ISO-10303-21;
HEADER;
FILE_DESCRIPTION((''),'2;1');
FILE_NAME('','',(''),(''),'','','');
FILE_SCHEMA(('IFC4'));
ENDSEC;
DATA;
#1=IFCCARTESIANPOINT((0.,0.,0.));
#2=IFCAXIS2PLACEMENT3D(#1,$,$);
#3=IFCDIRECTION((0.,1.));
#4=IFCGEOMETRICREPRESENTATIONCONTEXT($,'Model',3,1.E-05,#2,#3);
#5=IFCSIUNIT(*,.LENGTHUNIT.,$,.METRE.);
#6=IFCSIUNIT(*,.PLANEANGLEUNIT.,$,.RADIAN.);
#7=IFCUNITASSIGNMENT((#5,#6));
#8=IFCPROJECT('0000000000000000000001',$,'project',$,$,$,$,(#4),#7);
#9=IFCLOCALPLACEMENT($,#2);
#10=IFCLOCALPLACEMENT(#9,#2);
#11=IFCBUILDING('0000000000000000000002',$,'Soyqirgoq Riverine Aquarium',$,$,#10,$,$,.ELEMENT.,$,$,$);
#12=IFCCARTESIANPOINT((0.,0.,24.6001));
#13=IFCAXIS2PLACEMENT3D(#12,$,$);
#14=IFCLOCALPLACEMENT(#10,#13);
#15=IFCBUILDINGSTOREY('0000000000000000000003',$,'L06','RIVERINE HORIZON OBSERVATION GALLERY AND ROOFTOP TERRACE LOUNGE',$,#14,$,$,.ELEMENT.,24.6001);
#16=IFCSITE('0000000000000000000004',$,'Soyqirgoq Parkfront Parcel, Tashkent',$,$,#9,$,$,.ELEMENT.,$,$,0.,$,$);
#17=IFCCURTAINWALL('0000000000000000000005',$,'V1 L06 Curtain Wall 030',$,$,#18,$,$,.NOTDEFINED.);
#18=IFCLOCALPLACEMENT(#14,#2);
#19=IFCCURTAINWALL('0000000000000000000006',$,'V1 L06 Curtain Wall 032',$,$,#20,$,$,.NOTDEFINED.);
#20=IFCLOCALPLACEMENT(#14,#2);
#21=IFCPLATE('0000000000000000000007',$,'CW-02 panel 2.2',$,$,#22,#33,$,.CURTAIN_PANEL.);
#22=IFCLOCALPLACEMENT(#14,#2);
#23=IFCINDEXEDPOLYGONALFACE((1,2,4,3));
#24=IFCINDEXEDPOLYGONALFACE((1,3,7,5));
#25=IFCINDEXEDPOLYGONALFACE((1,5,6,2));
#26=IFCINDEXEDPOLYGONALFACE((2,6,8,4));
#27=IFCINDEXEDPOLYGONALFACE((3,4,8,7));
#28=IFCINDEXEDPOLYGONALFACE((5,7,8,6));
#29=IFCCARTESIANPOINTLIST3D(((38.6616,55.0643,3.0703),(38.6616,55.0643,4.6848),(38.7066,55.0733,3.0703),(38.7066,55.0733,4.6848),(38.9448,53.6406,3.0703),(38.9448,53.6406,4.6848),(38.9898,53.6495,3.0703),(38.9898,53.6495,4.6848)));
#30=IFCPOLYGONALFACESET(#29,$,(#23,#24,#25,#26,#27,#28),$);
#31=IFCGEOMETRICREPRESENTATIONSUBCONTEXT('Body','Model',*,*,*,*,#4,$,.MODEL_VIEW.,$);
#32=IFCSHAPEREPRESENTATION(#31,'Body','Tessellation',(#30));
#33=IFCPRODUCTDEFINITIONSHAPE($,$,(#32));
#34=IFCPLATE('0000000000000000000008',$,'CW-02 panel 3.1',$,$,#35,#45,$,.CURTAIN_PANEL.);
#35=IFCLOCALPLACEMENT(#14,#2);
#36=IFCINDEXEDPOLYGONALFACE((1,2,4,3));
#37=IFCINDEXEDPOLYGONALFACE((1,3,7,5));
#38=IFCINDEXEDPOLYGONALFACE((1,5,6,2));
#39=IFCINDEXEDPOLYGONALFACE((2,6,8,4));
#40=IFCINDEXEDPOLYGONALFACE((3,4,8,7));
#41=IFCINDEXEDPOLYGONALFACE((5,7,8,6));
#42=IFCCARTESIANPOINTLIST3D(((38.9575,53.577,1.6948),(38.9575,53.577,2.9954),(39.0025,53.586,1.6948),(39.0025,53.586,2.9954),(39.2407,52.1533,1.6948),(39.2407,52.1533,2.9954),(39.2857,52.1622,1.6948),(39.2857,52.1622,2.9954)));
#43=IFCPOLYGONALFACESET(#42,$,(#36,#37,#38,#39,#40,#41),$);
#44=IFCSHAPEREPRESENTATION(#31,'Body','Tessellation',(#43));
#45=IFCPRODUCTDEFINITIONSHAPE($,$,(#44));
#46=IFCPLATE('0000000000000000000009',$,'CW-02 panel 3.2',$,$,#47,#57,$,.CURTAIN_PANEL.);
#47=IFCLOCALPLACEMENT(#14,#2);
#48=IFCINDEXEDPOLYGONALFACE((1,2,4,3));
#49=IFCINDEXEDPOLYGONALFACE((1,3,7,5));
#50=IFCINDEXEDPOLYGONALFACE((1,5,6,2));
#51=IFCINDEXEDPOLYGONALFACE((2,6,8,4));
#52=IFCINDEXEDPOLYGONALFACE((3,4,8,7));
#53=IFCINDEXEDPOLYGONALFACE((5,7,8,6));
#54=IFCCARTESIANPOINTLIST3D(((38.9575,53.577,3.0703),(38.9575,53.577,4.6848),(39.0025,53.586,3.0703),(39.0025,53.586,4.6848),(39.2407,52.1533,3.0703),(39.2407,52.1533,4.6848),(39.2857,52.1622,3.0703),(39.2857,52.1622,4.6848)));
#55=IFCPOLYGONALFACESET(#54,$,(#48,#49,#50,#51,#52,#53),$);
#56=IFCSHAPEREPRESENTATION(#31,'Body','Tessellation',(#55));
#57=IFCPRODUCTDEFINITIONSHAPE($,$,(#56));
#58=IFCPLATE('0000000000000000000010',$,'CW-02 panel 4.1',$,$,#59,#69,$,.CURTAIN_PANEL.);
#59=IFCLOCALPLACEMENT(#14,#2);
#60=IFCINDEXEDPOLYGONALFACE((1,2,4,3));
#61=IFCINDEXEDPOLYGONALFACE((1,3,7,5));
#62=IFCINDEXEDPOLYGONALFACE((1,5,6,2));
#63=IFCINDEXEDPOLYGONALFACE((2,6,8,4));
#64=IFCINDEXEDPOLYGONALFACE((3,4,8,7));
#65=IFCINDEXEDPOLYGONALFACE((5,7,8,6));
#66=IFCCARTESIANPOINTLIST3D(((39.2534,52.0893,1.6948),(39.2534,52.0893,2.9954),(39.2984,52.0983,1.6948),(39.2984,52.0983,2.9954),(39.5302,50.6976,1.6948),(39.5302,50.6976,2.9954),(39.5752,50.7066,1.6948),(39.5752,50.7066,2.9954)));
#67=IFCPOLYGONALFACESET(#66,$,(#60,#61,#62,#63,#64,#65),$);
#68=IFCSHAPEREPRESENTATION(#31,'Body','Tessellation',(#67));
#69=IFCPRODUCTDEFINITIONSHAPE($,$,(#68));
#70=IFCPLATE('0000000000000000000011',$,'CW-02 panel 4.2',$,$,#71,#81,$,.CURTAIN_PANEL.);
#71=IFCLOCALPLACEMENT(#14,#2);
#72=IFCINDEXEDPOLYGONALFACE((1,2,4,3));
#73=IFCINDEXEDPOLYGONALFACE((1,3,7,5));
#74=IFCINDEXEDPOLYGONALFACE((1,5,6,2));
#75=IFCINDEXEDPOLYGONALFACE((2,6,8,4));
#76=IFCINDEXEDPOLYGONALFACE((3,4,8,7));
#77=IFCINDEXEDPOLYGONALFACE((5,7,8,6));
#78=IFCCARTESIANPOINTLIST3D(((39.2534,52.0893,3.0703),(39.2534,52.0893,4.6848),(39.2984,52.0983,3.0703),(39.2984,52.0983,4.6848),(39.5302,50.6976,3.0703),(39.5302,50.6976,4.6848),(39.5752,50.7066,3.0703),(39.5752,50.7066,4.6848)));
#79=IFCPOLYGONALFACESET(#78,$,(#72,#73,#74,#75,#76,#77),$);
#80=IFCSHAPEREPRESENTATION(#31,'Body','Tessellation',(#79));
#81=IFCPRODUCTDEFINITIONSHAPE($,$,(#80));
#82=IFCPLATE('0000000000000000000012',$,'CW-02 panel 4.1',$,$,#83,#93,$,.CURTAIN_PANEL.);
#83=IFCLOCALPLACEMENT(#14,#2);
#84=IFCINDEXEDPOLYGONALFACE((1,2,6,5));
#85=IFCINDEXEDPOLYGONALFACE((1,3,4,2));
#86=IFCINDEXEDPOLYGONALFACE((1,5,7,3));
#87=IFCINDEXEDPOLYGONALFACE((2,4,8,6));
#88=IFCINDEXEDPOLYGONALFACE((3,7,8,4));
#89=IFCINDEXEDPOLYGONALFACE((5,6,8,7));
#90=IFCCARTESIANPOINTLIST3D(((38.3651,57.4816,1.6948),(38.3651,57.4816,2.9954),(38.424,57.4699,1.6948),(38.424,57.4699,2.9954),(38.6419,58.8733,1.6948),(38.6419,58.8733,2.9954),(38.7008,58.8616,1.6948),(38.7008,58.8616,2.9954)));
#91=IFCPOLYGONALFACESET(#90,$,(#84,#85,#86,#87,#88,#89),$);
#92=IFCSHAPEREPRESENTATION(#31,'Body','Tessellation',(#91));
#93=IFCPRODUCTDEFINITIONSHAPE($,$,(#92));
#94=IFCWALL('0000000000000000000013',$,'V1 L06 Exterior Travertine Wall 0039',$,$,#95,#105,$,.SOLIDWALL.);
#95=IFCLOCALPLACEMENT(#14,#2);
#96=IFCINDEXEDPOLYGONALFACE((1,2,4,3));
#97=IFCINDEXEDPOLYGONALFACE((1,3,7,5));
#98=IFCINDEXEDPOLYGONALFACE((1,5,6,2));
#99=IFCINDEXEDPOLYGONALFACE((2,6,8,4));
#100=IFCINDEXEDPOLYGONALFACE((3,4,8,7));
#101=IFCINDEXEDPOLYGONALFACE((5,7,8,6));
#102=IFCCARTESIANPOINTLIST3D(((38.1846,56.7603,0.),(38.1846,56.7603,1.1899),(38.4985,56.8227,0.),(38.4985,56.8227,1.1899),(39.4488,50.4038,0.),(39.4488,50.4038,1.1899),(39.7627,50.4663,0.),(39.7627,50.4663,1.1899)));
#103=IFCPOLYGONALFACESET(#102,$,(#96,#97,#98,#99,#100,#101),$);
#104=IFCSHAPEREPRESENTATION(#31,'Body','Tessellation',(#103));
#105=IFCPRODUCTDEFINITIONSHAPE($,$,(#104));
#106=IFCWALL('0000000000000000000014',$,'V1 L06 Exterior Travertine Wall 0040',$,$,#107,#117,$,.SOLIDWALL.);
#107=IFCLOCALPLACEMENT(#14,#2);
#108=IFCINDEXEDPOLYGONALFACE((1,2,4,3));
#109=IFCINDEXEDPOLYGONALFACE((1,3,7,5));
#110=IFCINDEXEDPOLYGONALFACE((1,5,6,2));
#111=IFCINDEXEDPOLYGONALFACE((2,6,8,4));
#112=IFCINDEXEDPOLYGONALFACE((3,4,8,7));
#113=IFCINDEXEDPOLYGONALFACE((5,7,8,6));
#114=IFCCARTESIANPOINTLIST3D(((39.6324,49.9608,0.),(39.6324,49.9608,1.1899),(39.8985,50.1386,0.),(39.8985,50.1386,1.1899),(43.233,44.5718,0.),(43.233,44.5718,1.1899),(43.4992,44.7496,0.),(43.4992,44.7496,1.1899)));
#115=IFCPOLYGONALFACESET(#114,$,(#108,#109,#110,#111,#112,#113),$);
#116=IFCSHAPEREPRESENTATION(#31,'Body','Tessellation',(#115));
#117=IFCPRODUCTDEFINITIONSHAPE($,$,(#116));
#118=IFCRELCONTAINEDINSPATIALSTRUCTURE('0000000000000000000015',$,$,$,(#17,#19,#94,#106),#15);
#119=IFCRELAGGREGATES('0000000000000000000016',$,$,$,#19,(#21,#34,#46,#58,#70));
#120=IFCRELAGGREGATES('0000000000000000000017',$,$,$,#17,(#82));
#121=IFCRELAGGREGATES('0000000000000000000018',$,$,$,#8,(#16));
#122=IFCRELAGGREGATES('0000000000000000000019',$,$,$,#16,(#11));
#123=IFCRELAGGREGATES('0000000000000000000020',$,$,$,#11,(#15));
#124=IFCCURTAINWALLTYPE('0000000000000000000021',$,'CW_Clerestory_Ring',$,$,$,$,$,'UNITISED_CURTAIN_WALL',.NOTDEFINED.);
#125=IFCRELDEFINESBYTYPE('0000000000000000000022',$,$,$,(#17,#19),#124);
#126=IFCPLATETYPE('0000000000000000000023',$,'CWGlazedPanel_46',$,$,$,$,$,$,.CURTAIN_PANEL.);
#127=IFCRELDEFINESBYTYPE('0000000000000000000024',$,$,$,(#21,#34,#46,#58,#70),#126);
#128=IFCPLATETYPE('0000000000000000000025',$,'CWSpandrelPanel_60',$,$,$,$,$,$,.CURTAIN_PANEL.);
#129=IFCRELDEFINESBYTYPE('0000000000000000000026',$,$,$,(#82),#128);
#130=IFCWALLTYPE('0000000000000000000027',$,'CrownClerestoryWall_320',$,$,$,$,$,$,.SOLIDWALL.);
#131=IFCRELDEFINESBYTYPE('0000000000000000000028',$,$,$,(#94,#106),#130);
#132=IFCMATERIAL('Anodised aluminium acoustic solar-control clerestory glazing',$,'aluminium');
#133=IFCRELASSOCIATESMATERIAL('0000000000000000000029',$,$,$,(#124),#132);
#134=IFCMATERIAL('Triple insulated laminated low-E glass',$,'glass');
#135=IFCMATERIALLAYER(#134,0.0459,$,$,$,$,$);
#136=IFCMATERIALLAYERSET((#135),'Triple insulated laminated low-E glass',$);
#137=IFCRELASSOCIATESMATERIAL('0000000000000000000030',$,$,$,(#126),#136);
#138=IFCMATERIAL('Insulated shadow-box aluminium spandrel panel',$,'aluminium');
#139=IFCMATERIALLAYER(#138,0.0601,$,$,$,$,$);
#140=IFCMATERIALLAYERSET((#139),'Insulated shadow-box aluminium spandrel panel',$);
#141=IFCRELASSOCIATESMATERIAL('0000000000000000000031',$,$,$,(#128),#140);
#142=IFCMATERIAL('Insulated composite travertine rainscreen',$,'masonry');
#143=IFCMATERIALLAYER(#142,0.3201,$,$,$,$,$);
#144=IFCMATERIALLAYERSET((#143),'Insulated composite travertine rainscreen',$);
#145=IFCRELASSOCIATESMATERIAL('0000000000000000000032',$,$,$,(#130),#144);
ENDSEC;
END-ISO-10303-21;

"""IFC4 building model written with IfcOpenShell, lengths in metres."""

from ifc_helpers import new_model, si_unit, direction, frame, frame_2d, origin, origin_2d, place, context, subcontext, project, spatial, rectangle, extrude, material, layer, layer_set, type_object, element, aggregate, save


model = new_model("IFC4")

# Units and contexts
model_context = context("Model", 3, precision=1e-05, world=origin(), true_north=direction((0.0, 1.0)))
body_context = subcontext(model_context, "Body", "Model", "MODEL_VIEW")
ifc_project = project(units=[si_unit("LENGTHUNIT", "METRE"), si_unit("PLANEANGLEUNIT", "RADIAN")], contexts=[model_context])

# Site, building, storey
site_placement = place(None, origin())
site = spatial("IfcSite", under=ifc_project, at=site_placement, Name="Soyqirgoq Parkfront Parcel, Tashkent", CompositionType="ELEMENT", RefElevation=0.0)
building_placement = place(site_placement, origin())
building = spatial("IfcBuilding", under=site, at=building_placement, Name="Soyqirgoq Riverine Aquarium", CompositionType="ELEMENT")
storey_placement = place(building_placement, frame((0.0, 0.0, 24.6001)))
storey = spatial("IfcBuildingStorey", under=building, at=storey_placement, Name="L06", Description="RIVERINE HORIZON OBSERVATION GALLERY AND ROOFTOP TERRACE LOUNGE", CompositionType="ELEMENT", Elevation=24.6001)

# Curtain wall
ifc_material_1 = material(Name="Anodised aluminium acoustic solar-control clerestory glazing", Category="aluminium")
curtain_wall_type = type_object("IfcCurtainWallType", Name="CW_Clerestory_Ring", ElementType="UNITISED_CURTAIN_WALL", PredefinedType="NOTDEFINED", material=ifc_material_1)
curtain_wall_1_placement = place(storey_placement, origin())
curtain_wall_1 = element("IfcCurtainWall", 1, at=curtain_wall_1_placement, inside=storey, type_object=curtain_wall_type, Name="V1 L06 Curtain Wall 030", PredefinedType="NOTDEFINED")

# Curtain wall
curtain_wall_2_placement = place(storey_placement, origin())
curtain_wall_2 = element("IfcCurtainWall", 2, at=curtain_wall_2_placement, inside=storey, type_object=curtain_wall_type, Name="V1 L06 Curtain Wall 032", PredefinedType="NOTDEFINED")

# Plates
ifc_material_2 = material(Name="Triple insulated laminated low-E glass", Category="glass")
ifc_layer_1 = layer(ifc_material_2, 0.0459)
ifc_layer_set_1 = layer_set([ifc_layer_1], Name="Triple insulated laminated low-E glass")
plate_type_1 = type_object("IfcPlateType", Name="CWGlazedPanel_46", PredefinedType="CURTAIN_PANEL", material=ifc_layer_set_1)
plate_1_placement = place(storey_placement, frame((38.8257, 54.3569, 3.0703), z_axis=(0.0, 0.0, 1.0), x_axis=(0.195095, -0.980784, 0.0)))
plate_1 = element("IfcPlate", 3, at=plate_1_placement, type_object=plate_type_1, Name="CW-02 panel 2.2", PredefinedType="CURTAIN_PANEL", context=body_context, shape_type="SweptSolid", body=[
    extrude(rectangle(XDim=1.4517, YDim=0.0459, at=origin_2d()), origin(), (0.0, 0.0, 1.0), 1.6145),
])
plate_2_placement = place(storey_placement, frame((39.1216, 52.8696, 1.6948), z_axis=(0.0, 0.0, 1.0), x_axis=(0.195095, -0.980784, 0.0)))
plate_2 = element("IfcPlate", 4, at=plate_2_placement, type_object=plate_type_1, Name="CW-02 panel 3.1", PredefinedType="CURTAIN_PANEL", context=body_context, shape_type="SweptSolid", body=[
    extrude(rectangle(XDim=1.4517, YDim=0.0459, at=origin_2d()), origin(), (0.0, 0.0, 1.0), 1.3005),
])
plate_3_placement = place(storey_placement, frame((39.1216, 52.8696, 3.0703), z_axis=(0.0, 0.0, 1.0), x_axis=(0.195095, -0.980784, 0.0)))
plate_3 = element("IfcPlate", 5, at=plate_3_placement, type_object=plate_type_1, Name="CW-02 panel 3.2", PredefinedType="CURTAIN_PANEL", context=body_context, shape_type="SweptSolid", body=[
    extrude(rectangle(XDim=1.4517, YDim=0.0459, at=origin_2d()), origin(), (0.0, 0.0, 1.0), 1.6145),
])
plate_4_placement = place(storey_placement, frame((39.4143, 51.3979, 1.6948), z_axis=(0.0, 0.0, 1.0), x_axis=(0.195095, -0.980784, 0.0)))
plate_4 = element("IfcPlate", 6, at=plate_4_placement, type_object=plate_type_1, Name="CW-02 panel 4.1", PredefinedType="CURTAIN_PANEL", context=body_context, shape_type="SweptSolid", body=[
    extrude(rectangle(XDim=1.4189, YDim=0.0459, at=origin_2d()), origin(), (0.0, 0.0, 1.0), 1.3005),
])
plate_5_placement = place(storey_placement, frame((39.4143, 51.3979, 3.0703), z_axis=(0.0, 0.0, 1.0), x_axis=(0.195095, -0.980784, 0.0)))
plate_5 = element("IfcPlate", 7, at=plate_5_placement, type_object=plate_type_1, Name="CW-02 panel 4.2", PredefinedType="CURTAIN_PANEL", context=body_context, shape_type="SweptSolid", body=[
    extrude(rectangle(XDim=1.4189, YDim=0.0459, at=origin_2d()), origin(), (0.0, 0.0, 1.0), 1.6145),
])
aggregate(curtain_wall_2, [plate_1, plate_2, plate_3, plate_4, plate_5])
ifc_material_3 = material(Name="Insulated shadow-box aluminium spandrel panel", Category="aluminium")
ifc_layer_2 = layer(ifc_material_3, 0.0601)
ifc_layer_set_2 = layer_set([ifc_layer_2], Name="Insulated shadow-box aluminium spandrel panel")
plate_type_2 = type_object("IfcPlateType", Name="CWSpandrelPanel_60", PredefinedType="CURTAIN_PANEL", material=ifc_layer_set_2)
plate_6_placement = place(storey_placement, frame((38.533, 58.1716, 1.6948), z_axis=(0.0, 0.0, 1.0), x_axis=(-0.195095, -0.980784, 0.0)))
plate_6 = element("IfcPlate", 8, at=plate_6_placement, type_object=plate_type_2, Name="CW-02 panel 4.1", PredefinedType="CURTAIN_PANEL", context=body_context, shape_type="SweptSolid", body=[
    extrude(rectangle(XDim=1.4189, YDim=0.0601, at=origin_2d()), origin(), (0.0, 0.0, 1.0), 1.3005),
])
aggregate(curtain_wall_1, [plate_6])

# Walls
ifc_material_4 = material(Name="Insulated composite travertine rainscreen", Category="masonry")
ifc_layer_3 = layer(ifc_material_4, 0.3201)
ifc_layer_set_3 = layer_set([ifc_layer_3], Name="Insulated composite travertine rainscreen")
wall_type = type_object("IfcWallType", Name="CrownClerestoryWall_320", PredefinedType="SOLIDWALL", material=ifc_layer_set_3)
wall_1_placement = place(storey_placement, frame((38.3416, 56.7915, 0.0), z_axis=(0.0, 0.0, 1.0), x_axis=(0.195058, -0.980792, 0.0)))
element("IfcWall", 9, at=wall_1_placement, inside=storey, type_object=wall_type, Name="V1 L06 Exterior Travertine Wall 0039", PredefinedType="SOLIDWALL", context=body_context, shape_type="SweptSolid", body=[
    extrude(rectangle(XDim=6.481, YDim=0.3201, at=frame_2d((3.2405, 0.0))), origin(), (0.0, 0.0, 1.0), 1.1899),
])
wall_2_placement = place(storey_placement, frame((39.7654, 50.0498, 0.0), z_axis=(0.0, 0.0, 1.0), x_axis=(0.555552, -0.831482, 0.0)))
element("IfcWall", 10, at=wall_2_placement, inside=storey, type_object=wall_type, Name="V1 L06 Exterior Travertine Wall 0040", PredefinedType="SOLIDWALL", context=body_context, shape_type="SweptSolid", body=[
    extrude(rectangle(XDim=6.4812, YDim=0.3201, at=frame_2d((3.2407, 0.0))), origin(), (0.0, 0.0, 1.0), 1.1899),
])

save(model, "model.ifc")
